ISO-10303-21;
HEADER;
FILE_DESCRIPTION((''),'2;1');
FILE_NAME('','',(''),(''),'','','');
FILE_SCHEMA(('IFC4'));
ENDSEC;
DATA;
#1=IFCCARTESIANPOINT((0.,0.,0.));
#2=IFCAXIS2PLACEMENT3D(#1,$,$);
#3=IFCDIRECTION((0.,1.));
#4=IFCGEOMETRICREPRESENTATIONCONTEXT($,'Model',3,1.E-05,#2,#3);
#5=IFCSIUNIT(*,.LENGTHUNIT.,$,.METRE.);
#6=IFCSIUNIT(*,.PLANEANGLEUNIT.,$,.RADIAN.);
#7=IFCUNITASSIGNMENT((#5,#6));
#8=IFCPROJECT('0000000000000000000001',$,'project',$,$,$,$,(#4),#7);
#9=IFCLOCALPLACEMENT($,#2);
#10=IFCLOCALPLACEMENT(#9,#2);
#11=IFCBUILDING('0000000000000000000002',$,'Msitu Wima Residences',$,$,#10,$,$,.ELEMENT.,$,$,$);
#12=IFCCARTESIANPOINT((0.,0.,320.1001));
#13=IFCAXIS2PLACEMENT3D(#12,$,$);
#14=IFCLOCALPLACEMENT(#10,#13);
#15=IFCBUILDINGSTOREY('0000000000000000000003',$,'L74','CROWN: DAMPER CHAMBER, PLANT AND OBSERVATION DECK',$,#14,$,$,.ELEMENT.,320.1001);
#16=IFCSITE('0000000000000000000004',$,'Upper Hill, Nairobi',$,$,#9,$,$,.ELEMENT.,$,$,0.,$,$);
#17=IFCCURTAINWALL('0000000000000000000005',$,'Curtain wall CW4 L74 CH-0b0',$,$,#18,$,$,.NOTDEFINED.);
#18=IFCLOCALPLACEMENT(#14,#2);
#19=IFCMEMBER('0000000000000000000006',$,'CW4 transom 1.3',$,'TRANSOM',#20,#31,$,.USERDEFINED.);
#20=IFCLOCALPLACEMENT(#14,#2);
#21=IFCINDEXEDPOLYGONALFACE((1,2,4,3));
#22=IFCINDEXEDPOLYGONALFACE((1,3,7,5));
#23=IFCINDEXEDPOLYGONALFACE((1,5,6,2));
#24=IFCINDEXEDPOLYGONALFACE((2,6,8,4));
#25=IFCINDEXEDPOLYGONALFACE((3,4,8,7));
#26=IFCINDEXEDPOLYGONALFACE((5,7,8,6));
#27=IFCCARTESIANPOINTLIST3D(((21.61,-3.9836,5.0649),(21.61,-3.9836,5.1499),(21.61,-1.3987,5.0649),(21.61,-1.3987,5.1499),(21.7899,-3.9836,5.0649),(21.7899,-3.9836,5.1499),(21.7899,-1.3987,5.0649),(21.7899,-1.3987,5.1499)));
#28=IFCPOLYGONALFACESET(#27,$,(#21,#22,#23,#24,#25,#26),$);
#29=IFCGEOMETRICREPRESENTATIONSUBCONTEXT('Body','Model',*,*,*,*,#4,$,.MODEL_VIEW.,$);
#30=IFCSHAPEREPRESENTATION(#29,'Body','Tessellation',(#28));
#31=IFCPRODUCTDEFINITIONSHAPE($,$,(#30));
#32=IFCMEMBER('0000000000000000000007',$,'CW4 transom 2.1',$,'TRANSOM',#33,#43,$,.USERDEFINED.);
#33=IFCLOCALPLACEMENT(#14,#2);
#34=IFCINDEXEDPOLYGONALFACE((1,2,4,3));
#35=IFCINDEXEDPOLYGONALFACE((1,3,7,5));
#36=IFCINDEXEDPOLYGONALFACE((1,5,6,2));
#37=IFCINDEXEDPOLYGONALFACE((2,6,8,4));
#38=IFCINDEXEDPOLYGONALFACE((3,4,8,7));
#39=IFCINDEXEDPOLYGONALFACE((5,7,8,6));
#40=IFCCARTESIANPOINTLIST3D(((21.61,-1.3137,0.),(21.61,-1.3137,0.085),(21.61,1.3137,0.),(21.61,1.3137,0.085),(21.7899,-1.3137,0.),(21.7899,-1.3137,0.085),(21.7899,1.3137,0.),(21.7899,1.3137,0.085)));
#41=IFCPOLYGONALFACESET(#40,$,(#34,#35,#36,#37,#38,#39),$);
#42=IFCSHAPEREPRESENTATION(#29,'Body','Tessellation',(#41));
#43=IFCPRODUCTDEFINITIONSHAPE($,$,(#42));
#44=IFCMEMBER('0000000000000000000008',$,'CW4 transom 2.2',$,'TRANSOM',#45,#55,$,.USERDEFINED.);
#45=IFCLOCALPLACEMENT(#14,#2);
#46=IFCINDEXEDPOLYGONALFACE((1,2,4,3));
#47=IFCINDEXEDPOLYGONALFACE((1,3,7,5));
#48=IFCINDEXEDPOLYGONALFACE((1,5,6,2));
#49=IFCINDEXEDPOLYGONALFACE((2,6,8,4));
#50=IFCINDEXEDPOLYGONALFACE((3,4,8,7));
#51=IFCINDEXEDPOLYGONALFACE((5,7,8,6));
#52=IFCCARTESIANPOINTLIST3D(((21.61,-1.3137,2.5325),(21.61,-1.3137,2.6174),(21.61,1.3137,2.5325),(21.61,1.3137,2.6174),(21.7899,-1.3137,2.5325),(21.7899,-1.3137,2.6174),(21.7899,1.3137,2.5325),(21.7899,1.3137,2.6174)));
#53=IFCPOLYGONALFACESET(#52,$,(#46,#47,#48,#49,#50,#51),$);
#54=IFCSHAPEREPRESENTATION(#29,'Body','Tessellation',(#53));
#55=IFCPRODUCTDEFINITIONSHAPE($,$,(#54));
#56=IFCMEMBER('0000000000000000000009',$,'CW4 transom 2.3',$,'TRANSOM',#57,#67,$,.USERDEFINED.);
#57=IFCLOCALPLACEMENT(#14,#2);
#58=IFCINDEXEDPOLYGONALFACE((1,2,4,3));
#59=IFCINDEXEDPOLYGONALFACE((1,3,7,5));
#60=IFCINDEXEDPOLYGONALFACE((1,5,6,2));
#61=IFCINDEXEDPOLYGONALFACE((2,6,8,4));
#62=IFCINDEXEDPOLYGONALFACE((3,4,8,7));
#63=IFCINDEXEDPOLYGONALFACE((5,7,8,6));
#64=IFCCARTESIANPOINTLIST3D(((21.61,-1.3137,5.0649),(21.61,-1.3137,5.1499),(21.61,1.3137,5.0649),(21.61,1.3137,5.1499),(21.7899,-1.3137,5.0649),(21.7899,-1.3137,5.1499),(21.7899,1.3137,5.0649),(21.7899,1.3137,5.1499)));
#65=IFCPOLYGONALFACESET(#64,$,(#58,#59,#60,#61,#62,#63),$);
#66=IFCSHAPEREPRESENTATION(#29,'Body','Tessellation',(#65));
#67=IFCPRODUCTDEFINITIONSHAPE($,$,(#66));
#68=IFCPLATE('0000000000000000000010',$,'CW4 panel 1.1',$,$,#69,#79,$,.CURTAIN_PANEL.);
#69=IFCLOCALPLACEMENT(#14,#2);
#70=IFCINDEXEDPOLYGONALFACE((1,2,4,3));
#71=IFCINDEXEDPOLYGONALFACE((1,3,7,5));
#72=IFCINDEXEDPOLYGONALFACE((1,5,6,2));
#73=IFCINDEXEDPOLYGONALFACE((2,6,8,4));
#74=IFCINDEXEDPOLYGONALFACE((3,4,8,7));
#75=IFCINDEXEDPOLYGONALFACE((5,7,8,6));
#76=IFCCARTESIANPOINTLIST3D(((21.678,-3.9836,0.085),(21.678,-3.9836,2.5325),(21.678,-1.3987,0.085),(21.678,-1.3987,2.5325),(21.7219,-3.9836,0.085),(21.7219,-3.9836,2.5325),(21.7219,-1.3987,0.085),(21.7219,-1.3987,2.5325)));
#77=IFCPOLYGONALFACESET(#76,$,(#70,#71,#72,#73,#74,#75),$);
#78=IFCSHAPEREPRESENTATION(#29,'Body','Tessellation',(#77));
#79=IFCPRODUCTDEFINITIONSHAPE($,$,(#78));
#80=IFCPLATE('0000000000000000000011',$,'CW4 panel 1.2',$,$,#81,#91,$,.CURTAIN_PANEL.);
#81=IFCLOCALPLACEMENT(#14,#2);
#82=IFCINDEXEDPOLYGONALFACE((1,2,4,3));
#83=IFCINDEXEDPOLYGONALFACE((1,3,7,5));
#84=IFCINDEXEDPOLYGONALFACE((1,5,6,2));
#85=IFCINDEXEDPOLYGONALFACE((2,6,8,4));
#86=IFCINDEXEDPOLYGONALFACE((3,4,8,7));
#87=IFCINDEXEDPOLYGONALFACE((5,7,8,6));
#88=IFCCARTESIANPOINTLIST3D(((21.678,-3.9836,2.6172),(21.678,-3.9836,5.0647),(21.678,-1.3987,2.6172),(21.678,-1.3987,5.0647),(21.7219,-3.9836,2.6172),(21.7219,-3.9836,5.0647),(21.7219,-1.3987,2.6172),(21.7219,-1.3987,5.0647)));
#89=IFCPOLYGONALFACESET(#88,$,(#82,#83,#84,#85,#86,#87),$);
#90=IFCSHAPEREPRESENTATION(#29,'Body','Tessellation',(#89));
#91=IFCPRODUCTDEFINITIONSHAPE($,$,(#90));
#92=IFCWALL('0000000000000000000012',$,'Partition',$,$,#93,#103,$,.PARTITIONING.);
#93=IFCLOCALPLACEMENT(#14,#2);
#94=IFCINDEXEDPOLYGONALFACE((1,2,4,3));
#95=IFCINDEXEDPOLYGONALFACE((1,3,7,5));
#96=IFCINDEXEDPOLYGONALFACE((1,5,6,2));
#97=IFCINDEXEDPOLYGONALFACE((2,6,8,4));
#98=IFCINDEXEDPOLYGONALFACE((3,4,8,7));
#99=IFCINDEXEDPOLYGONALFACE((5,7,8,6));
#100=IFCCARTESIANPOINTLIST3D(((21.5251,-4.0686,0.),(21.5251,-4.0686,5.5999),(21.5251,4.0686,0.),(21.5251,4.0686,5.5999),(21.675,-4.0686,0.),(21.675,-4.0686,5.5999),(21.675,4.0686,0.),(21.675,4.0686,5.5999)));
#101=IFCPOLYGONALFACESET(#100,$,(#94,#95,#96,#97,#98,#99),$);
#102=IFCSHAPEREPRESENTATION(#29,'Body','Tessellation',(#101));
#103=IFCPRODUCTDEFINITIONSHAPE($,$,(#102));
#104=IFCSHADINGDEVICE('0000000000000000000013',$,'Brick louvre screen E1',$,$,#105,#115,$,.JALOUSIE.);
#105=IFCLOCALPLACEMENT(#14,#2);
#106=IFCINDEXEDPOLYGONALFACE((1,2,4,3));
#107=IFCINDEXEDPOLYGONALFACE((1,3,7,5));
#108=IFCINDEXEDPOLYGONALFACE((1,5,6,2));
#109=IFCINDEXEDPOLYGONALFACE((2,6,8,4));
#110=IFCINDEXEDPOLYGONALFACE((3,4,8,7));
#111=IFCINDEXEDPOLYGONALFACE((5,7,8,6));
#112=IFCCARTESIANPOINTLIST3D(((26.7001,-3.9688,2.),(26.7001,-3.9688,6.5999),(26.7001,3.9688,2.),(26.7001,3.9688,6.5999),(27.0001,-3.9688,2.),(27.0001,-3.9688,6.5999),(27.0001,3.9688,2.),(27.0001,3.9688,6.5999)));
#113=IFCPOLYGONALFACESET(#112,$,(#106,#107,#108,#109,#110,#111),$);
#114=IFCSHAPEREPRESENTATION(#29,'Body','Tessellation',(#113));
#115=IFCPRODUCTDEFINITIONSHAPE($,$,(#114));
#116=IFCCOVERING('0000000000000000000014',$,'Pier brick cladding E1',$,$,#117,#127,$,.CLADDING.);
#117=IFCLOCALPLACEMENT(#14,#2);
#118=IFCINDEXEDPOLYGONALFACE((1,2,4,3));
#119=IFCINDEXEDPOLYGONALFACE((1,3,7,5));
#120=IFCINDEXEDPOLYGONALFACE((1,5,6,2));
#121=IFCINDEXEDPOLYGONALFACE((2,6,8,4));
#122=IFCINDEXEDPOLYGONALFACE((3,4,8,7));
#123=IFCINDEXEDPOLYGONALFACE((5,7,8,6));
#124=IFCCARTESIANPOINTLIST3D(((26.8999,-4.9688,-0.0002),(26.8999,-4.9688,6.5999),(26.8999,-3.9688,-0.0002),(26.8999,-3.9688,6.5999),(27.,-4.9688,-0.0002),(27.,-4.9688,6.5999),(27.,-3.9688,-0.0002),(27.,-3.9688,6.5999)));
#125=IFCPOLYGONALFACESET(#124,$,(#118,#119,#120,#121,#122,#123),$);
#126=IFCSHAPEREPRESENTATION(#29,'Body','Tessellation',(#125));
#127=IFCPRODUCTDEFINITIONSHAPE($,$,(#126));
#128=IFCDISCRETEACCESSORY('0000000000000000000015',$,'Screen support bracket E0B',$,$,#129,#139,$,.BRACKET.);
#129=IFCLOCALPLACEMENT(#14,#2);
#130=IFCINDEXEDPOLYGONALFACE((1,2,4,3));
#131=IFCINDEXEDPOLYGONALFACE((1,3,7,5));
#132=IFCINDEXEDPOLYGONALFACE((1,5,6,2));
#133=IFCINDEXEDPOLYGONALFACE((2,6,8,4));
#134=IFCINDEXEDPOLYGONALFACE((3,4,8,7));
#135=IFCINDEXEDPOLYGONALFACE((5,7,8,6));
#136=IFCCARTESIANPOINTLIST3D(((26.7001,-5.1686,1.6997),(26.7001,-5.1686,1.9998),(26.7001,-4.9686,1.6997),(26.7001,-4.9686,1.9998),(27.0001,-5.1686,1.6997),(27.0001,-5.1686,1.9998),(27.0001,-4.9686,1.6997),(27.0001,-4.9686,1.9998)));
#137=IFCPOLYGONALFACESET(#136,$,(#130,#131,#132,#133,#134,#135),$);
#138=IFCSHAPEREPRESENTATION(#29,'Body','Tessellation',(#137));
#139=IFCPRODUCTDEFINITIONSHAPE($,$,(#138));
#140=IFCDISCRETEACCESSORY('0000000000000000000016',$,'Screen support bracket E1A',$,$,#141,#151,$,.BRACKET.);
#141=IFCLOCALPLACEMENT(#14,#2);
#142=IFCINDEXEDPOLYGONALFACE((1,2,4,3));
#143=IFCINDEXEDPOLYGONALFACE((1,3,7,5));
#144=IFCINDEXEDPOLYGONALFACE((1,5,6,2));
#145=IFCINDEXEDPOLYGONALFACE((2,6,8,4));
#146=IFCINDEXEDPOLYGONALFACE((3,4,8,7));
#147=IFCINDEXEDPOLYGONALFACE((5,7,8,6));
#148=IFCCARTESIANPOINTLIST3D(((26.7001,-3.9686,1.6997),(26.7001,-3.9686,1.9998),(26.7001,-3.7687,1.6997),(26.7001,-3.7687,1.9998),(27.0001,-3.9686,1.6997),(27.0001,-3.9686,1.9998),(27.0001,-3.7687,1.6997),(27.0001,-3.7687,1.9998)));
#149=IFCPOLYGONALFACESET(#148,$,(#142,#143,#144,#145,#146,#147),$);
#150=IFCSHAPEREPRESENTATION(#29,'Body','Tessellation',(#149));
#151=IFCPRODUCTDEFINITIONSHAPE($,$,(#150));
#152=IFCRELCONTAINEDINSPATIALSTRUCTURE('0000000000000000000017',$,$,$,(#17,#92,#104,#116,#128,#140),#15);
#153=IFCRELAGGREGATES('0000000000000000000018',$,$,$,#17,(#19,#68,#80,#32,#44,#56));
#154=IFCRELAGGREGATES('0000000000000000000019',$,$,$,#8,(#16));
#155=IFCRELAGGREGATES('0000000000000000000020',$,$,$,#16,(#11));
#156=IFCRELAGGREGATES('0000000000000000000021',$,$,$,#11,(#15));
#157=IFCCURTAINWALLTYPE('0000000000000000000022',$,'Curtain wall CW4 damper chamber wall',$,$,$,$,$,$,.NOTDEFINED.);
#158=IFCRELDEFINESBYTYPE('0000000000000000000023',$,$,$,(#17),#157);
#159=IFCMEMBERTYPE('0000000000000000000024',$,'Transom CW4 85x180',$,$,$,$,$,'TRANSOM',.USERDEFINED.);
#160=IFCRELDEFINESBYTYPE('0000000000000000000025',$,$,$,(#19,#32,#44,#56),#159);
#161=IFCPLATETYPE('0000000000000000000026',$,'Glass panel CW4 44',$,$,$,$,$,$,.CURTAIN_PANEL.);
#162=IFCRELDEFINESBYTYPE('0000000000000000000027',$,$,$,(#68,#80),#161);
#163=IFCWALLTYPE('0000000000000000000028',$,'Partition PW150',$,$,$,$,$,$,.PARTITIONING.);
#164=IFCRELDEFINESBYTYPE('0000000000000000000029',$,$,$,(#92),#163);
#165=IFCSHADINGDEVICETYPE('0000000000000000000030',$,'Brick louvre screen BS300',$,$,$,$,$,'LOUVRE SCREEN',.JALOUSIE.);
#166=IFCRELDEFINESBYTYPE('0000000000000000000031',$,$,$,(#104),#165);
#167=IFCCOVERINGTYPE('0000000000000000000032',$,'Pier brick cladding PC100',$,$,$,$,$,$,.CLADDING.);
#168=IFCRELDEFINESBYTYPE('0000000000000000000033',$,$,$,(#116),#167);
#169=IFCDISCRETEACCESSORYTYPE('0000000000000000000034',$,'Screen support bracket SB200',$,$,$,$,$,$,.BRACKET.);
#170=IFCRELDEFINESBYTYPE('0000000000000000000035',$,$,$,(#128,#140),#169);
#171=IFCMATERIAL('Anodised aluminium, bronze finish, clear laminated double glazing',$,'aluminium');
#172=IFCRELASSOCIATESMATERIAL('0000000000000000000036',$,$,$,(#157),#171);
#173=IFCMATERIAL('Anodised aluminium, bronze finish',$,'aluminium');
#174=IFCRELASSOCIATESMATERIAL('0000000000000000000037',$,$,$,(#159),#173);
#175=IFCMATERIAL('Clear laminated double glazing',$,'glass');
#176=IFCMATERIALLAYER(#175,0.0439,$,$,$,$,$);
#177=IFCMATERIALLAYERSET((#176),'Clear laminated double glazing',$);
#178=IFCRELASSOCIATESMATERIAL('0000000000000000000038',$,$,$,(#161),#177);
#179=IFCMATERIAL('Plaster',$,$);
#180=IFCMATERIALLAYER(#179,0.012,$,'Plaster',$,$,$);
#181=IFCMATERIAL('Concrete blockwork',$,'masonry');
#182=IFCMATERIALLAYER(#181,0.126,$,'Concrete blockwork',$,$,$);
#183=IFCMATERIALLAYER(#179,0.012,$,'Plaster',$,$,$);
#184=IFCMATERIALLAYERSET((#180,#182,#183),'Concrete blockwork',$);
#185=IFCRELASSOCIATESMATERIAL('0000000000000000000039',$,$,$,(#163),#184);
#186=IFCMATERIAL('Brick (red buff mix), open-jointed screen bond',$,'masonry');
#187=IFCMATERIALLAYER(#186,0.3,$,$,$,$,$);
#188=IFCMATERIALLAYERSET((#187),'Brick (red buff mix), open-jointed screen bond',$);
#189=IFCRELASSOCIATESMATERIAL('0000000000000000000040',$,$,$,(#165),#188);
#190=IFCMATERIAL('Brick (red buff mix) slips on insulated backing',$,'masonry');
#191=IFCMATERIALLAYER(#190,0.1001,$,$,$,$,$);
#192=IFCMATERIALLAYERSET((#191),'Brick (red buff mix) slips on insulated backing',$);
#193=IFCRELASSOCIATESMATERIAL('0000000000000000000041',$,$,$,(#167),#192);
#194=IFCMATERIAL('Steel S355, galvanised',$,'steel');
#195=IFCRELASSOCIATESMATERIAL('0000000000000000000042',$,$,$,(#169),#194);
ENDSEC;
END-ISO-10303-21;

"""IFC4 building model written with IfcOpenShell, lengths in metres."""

from ifc_helpers import new_model, si_unit, direction, frame, frame_2d, origin, origin_2d, place, context, subcontext, project, spatial, rectangle, extrude, material, layer, layer_set, material_profile, profile_set, type_object, element, aggregate, save


model = new_model("IFC4")

# Units and contexts
model_context = context("Model", 3, precision=1e-05, world=origin(), true_north=direction((0.0, 1.0)))
body_context = subcontext(model_context, "Body", "Model", "MODEL_VIEW")
ifc_project = project(units=[si_unit("LENGTHUNIT", "METRE"), si_unit("PLANEANGLEUNIT", "RADIAN")], contexts=[model_context])

# Site, building, storey
site_placement = place(None, origin())
site = spatial("IfcSite", under=ifc_project, at=site_placement, Name="Upper Hill, Nairobi", CompositionType="ELEMENT", RefElevation=0.0)
building_placement = place(site_placement, origin())
building = spatial("IfcBuilding", under=site, at=building_placement, Name="Msitu Wima Residences", CompositionType="ELEMENT")
storey_placement = place(building_placement, frame((0.0, 0.0, 320.1001)))
storey = spatial("IfcBuildingStorey", under=building, at=storey_placement, Name="L74", Description="CROWN: DAMPER CHAMBER, PLANT AND OBSERVATION DECK", CompositionType="ELEMENT", Elevation=320.1001)

# Shared definitions
ifc_material_1 = material(Name="Anodised aluminium, bronze finish, clear laminated double glazing", Category="aluminium")
curtain_wall_type = type_object("IfcCurtainWallType", Name="Curtain wall CW4 damper chamber wall", PredefinedType="NOTDEFINED", material=ifc_material_1)
ifc_material_2 = material(Name="Anodised aluminium, bronze finish", Category="aluminium")

# Curtain wall, members, plates
curtain_wall_1_placement = place(storey_placement, origin())
curtain_wall_1 = element("IfcCurtainWall", 1, at=curtain_wall_1_placement, inside=storey, type_object=curtain_wall_type, Name="Curtain wall CW4 L74 CH-0b0", PredefinedType="NOTDEFINED")
ifc_material_profile_1 = material_profile(ifc_material_2, rectangle(XDim=0.1799, YDim=0.085, at=origin_2d()), Name="Transom 85x180")
ifc_profile_set_1 = profile_set([ifc_material_profile_1], Name="Anodised aluminium, bronze finish")
member_type_1 = type_object("IfcMemberType", Name="Transom CW4 85x180", ElementType="TRANSOM", PredefinedType="USERDEFINED", material=ifc_profile_set_1)
member_1_placement = place(storey_placement, frame((21.7, -3.9836, 5.1074), z_axis=(0.0, 1.0, 0.0), x_axis=(-1.0, 0.0, 0.0)))
member_1 = element("IfcMember", 2, at=member_1_placement, type_object=member_type_1, Name="CW4 transom 1.3", ObjectType="TRANSOM", PredefinedType="USERDEFINED", context=body_context, shape_type="SweptSolid", body=[
    extrude(rectangle(XDim=0.1799, YDim=0.085, at=origin_2d()), origin(), (0.0, 0.0, 1.0), 2.585),
])
member_2_placement = place(storey_placement, frame((21.7, -1.3137, 0.0425), z_axis=(0.0, 1.0, 0.0), x_axis=(-1.0, 0.0, 0.0)))
member_2 = element("IfcMember", 3, at=member_2_placement, type_object=member_type_1, Name="CW4 transom 2.1", ObjectType="TRANSOM", PredefinedType="USERDEFINED", context=body_context, shape_type="SweptSolid", body=[
    extrude(rectangle(XDim=0.1799, YDim=0.085, at=origin_2d()), origin(), (0.0, 0.0, 1.0), 2.6274),
])
member_3_placement = place(storey_placement, frame((21.7, -1.3137, 2.575), z_axis=(0.0, 1.0, 0.0), x_axis=(-1.0, 0.0, 0.0)))
member_3 = element("IfcMember", 4, at=member_3_placement, type_object=member_type_1, Name="CW4 transom 2.2", ObjectType="TRANSOM", PredefinedType="USERDEFINED", context=body_context, shape_type="SweptSolid", body=[
    extrude(rectangle(XDim=0.1799, YDim=0.085, at=origin_2d()), origin(), (0.0, 0.0, 1.0), 2.6274),
])
member_4_placement = place(storey_placement, frame((21.7, -1.3137, 5.1074), z_axis=(0.0, 1.0, 0.0), x_axis=(-1.0, 0.0, 0.0)))
member_4 = element("IfcMember", 5, at=member_4_placement, type_object=member_type_1, Name="CW4 transom 2.3", ObjectType="TRANSOM", PredefinedType="USERDEFINED", context=body_context, shape_type="SweptSolid", body=[
    extrude(rectangle(XDim=0.1799, YDim=0.085, at=origin_2d()), origin(), (0.0, 0.0, 1.0), 2.6274),
])
ifc_material_3 = material(Name="Clear laminated double glazing", Category="glass")
ifc_layer_1 = layer(ifc_material_3, 0.0439)
ifc_layer_set_1 = layer_set([ifc_layer_1], Name="Clear laminated double glazing")
plate_type = type_object("IfcPlateType", Name="Glass panel CW4 44", PredefinedType="CURTAIN_PANEL", material=ifc_layer_set_1)
plate_1_placement = place(storey_placement, frame((21.7, -2.6912, 0.085), z_axis=(0.0, 0.0, 1.0), x_axis=(0.0, 1.0, 0.0)))
plate_1 = element("IfcPlate", 6, at=plate_1_placement, type_object=plate_type, Name="CW4 panel 1.1", PredefinedType="CURTAIN_PANEL", context=body_context, shape_type="SweptSolid", body=[
    extrude(rectangle(XDim=2.585, YDim=0.0439, at=origin_2d()), origin(), (0.0, 0.0, 1.0), 2.4475),
])
plate_2_placement = place(storey_placement, frame((21.7, -2.6912, 2.6172), z_axis=(0.0, 0.0, 1.0), x_axis=(0.0, 1.0, 0.0)))
plate_2 = element("IfcPlate", 7, at=plate_2_placement, type_object=plate_type, Name="CW4 panel 1.2", PredefinedType="CURTAIN_PANEL", context=body_context, shape_type="SweptSolid", body=[
    extrude(rectangle(XDim=2.585, YDim=0.0439, at=origin_2d()), origin(), (0.0, 0.0, 1.0), 2.4475),
])
aggregate(curtain_wall_1, [member_1, plate_1, plate_2, member_2, member_3, member_4])

# Wall
ifc_material_4 = material(Name="Plaster")
ifc_layer_2 = layer(ifc_material_4, 0.012, Name="Plaster")
ifc_material_5 = material(Name="Concrete blockwork", Category="masonry")
ifc_layer_3 = layer(ifc_material_5, 0.126, Name="Concrete blockwork")
ifc_layer_4 = layer(ifc_material_4, 0.012, Name="Plaster")
ifc_layer_set_2 = layer_set([ifc_layer_2, ifc_layer_3, ifc_layer_4], Name="Concrete blockwork")
wall_type = type_object("IfcWallType", Name="Partition PW150", PredefinedType="PARTITIONING", material=ifc_layer_set_2)
wall_placement = place(storey_placement, frame((21.6001, -4.0686, 0.0), z_axis=(0.0, 0.0, 1.0), x_axis=(0.0, 1.0, 0.0)))
element("IfcWall", 8, at=wall_placement, inside=storey, type_object=wall_type, Name="Partition", PredefinedType="PARTITIONING", context=body_context, shape_type="SweptSolid", body=[
    extrude(rectangle(XDim=8.1372, YDim=0.1499, at=frame_2d((4.0686, 0.0))), origin(), (0.0, 0.0, 1.0), 5.5999),
])

# Shading device
ifc_material_6 = material(Name="Brick (red buff mix), open-jointed screen bond", Category="masonry")
ifc_layer_5 = layer(ifc_material_6, 0.3)
ifc_layer_set_3 = layer_set([ifc_layer_5], Name="Brick (red buff mix), open-jointed screen bond")
shading_device_type = type_object("IfcShadingDeviceType", Name="Brick louvre screen BS300", ElementType="LOUVRE SCREEN", PredefinedType="JALOUSIE", material=ifc_layer_set_3)
shading_device_placement = place(storey_placement, frame((26.8501, -3.9688, 2.0), z_axis=(0.0, 0.0, 1.0), x_axis=(0.0, 1.0, 0.0)))
element("IfcShadingDevice", 9, at=shading_device_placement, inside=storey, type_object=shading_device_type, Name="Brick louvre screen E1", PredefinedType="JALOUSIE", context=body_context, shape_type="SweptSolid", body=[
    extrude(rectangle(XDim=7.9375, YDim=0.3, at=frame_2d((3.9688, 0.0))), origin(), (0.0, 0.0, 1.0), 4.5999),
])

# Covering
ifc_material_7 = material(Name="Brick (red buff mix) slips on insulated backing", Category="masonry")
ifc_layer_6 = layer(ifc_material_7, 0.1001)
ifc_layer_set_4 = layer_set([ifc_layer_6], Name="Brick (red buff mix) slips on insulated backing")
covering_type = type_object("IfcCoveringType", Name="Pier brick cladding PC100", PredefinedType="CLADDING", material=ifc_layer_set_4)
covering_placement = place(storey_placement, frame((26.95, -4.4688, -0.0002), z_axis=(0.0, 0.0, 1.0), x_axis=(0.0, 1.0, 0.0)))
element("IfcCovering", 10, at=covering_placement, inside=storey, type_object=covering_type, Name="Pier brick cladding E1", PredefinedType="CLADDING", context=body_context, shape_type="SweptSolid", body=[
    extrude(rectangle(XDim=1.0, YDim=0.1001, at=origin_2d()), origin(), (0.0, 0.0, 1.0), 6.6001),
])

# Discrete accessories
ifc_material_8 = material(Name="Steel S355, galvanised", Category="steel")
discrete_accessory_type = type_object("IfcDiscreteAccessoryType", Name="Screen support bracket SB200", PredefinedType="BRACKET", material=ifc_material_8)
for number, where, z_axis, x_axis, name in (
    (11, (26.8501, -5.0686, 1.6997), (0.0, 0.0, 1.0), (0.0, 1.0, 0.0), "Screen support bracket E0B"),
    (12, (26.8501, -3.8687, 1.6997), (0.0, 0.0, 1.0), (0.0, 1.0, 0.0), "Screen support bracket E1A"),
):
    element("IfcDiscreteAccessory", number, at=place(storey_placement, frame(where, z_axis=z_axis, x_axis=x_axis)), inside=storey, type_object=discrete_accessory_type, Name=name, PredefinedType="BRACKET", context=body_context, shape_type="SweptSolid", body=[
        extrude(rectangle(XDim=0.2, YDim=0.3, at=origin_2d()), origin(), (0.0, 0.0, 1.0), 0.3),
    ])

save(model, "model.ifc")
